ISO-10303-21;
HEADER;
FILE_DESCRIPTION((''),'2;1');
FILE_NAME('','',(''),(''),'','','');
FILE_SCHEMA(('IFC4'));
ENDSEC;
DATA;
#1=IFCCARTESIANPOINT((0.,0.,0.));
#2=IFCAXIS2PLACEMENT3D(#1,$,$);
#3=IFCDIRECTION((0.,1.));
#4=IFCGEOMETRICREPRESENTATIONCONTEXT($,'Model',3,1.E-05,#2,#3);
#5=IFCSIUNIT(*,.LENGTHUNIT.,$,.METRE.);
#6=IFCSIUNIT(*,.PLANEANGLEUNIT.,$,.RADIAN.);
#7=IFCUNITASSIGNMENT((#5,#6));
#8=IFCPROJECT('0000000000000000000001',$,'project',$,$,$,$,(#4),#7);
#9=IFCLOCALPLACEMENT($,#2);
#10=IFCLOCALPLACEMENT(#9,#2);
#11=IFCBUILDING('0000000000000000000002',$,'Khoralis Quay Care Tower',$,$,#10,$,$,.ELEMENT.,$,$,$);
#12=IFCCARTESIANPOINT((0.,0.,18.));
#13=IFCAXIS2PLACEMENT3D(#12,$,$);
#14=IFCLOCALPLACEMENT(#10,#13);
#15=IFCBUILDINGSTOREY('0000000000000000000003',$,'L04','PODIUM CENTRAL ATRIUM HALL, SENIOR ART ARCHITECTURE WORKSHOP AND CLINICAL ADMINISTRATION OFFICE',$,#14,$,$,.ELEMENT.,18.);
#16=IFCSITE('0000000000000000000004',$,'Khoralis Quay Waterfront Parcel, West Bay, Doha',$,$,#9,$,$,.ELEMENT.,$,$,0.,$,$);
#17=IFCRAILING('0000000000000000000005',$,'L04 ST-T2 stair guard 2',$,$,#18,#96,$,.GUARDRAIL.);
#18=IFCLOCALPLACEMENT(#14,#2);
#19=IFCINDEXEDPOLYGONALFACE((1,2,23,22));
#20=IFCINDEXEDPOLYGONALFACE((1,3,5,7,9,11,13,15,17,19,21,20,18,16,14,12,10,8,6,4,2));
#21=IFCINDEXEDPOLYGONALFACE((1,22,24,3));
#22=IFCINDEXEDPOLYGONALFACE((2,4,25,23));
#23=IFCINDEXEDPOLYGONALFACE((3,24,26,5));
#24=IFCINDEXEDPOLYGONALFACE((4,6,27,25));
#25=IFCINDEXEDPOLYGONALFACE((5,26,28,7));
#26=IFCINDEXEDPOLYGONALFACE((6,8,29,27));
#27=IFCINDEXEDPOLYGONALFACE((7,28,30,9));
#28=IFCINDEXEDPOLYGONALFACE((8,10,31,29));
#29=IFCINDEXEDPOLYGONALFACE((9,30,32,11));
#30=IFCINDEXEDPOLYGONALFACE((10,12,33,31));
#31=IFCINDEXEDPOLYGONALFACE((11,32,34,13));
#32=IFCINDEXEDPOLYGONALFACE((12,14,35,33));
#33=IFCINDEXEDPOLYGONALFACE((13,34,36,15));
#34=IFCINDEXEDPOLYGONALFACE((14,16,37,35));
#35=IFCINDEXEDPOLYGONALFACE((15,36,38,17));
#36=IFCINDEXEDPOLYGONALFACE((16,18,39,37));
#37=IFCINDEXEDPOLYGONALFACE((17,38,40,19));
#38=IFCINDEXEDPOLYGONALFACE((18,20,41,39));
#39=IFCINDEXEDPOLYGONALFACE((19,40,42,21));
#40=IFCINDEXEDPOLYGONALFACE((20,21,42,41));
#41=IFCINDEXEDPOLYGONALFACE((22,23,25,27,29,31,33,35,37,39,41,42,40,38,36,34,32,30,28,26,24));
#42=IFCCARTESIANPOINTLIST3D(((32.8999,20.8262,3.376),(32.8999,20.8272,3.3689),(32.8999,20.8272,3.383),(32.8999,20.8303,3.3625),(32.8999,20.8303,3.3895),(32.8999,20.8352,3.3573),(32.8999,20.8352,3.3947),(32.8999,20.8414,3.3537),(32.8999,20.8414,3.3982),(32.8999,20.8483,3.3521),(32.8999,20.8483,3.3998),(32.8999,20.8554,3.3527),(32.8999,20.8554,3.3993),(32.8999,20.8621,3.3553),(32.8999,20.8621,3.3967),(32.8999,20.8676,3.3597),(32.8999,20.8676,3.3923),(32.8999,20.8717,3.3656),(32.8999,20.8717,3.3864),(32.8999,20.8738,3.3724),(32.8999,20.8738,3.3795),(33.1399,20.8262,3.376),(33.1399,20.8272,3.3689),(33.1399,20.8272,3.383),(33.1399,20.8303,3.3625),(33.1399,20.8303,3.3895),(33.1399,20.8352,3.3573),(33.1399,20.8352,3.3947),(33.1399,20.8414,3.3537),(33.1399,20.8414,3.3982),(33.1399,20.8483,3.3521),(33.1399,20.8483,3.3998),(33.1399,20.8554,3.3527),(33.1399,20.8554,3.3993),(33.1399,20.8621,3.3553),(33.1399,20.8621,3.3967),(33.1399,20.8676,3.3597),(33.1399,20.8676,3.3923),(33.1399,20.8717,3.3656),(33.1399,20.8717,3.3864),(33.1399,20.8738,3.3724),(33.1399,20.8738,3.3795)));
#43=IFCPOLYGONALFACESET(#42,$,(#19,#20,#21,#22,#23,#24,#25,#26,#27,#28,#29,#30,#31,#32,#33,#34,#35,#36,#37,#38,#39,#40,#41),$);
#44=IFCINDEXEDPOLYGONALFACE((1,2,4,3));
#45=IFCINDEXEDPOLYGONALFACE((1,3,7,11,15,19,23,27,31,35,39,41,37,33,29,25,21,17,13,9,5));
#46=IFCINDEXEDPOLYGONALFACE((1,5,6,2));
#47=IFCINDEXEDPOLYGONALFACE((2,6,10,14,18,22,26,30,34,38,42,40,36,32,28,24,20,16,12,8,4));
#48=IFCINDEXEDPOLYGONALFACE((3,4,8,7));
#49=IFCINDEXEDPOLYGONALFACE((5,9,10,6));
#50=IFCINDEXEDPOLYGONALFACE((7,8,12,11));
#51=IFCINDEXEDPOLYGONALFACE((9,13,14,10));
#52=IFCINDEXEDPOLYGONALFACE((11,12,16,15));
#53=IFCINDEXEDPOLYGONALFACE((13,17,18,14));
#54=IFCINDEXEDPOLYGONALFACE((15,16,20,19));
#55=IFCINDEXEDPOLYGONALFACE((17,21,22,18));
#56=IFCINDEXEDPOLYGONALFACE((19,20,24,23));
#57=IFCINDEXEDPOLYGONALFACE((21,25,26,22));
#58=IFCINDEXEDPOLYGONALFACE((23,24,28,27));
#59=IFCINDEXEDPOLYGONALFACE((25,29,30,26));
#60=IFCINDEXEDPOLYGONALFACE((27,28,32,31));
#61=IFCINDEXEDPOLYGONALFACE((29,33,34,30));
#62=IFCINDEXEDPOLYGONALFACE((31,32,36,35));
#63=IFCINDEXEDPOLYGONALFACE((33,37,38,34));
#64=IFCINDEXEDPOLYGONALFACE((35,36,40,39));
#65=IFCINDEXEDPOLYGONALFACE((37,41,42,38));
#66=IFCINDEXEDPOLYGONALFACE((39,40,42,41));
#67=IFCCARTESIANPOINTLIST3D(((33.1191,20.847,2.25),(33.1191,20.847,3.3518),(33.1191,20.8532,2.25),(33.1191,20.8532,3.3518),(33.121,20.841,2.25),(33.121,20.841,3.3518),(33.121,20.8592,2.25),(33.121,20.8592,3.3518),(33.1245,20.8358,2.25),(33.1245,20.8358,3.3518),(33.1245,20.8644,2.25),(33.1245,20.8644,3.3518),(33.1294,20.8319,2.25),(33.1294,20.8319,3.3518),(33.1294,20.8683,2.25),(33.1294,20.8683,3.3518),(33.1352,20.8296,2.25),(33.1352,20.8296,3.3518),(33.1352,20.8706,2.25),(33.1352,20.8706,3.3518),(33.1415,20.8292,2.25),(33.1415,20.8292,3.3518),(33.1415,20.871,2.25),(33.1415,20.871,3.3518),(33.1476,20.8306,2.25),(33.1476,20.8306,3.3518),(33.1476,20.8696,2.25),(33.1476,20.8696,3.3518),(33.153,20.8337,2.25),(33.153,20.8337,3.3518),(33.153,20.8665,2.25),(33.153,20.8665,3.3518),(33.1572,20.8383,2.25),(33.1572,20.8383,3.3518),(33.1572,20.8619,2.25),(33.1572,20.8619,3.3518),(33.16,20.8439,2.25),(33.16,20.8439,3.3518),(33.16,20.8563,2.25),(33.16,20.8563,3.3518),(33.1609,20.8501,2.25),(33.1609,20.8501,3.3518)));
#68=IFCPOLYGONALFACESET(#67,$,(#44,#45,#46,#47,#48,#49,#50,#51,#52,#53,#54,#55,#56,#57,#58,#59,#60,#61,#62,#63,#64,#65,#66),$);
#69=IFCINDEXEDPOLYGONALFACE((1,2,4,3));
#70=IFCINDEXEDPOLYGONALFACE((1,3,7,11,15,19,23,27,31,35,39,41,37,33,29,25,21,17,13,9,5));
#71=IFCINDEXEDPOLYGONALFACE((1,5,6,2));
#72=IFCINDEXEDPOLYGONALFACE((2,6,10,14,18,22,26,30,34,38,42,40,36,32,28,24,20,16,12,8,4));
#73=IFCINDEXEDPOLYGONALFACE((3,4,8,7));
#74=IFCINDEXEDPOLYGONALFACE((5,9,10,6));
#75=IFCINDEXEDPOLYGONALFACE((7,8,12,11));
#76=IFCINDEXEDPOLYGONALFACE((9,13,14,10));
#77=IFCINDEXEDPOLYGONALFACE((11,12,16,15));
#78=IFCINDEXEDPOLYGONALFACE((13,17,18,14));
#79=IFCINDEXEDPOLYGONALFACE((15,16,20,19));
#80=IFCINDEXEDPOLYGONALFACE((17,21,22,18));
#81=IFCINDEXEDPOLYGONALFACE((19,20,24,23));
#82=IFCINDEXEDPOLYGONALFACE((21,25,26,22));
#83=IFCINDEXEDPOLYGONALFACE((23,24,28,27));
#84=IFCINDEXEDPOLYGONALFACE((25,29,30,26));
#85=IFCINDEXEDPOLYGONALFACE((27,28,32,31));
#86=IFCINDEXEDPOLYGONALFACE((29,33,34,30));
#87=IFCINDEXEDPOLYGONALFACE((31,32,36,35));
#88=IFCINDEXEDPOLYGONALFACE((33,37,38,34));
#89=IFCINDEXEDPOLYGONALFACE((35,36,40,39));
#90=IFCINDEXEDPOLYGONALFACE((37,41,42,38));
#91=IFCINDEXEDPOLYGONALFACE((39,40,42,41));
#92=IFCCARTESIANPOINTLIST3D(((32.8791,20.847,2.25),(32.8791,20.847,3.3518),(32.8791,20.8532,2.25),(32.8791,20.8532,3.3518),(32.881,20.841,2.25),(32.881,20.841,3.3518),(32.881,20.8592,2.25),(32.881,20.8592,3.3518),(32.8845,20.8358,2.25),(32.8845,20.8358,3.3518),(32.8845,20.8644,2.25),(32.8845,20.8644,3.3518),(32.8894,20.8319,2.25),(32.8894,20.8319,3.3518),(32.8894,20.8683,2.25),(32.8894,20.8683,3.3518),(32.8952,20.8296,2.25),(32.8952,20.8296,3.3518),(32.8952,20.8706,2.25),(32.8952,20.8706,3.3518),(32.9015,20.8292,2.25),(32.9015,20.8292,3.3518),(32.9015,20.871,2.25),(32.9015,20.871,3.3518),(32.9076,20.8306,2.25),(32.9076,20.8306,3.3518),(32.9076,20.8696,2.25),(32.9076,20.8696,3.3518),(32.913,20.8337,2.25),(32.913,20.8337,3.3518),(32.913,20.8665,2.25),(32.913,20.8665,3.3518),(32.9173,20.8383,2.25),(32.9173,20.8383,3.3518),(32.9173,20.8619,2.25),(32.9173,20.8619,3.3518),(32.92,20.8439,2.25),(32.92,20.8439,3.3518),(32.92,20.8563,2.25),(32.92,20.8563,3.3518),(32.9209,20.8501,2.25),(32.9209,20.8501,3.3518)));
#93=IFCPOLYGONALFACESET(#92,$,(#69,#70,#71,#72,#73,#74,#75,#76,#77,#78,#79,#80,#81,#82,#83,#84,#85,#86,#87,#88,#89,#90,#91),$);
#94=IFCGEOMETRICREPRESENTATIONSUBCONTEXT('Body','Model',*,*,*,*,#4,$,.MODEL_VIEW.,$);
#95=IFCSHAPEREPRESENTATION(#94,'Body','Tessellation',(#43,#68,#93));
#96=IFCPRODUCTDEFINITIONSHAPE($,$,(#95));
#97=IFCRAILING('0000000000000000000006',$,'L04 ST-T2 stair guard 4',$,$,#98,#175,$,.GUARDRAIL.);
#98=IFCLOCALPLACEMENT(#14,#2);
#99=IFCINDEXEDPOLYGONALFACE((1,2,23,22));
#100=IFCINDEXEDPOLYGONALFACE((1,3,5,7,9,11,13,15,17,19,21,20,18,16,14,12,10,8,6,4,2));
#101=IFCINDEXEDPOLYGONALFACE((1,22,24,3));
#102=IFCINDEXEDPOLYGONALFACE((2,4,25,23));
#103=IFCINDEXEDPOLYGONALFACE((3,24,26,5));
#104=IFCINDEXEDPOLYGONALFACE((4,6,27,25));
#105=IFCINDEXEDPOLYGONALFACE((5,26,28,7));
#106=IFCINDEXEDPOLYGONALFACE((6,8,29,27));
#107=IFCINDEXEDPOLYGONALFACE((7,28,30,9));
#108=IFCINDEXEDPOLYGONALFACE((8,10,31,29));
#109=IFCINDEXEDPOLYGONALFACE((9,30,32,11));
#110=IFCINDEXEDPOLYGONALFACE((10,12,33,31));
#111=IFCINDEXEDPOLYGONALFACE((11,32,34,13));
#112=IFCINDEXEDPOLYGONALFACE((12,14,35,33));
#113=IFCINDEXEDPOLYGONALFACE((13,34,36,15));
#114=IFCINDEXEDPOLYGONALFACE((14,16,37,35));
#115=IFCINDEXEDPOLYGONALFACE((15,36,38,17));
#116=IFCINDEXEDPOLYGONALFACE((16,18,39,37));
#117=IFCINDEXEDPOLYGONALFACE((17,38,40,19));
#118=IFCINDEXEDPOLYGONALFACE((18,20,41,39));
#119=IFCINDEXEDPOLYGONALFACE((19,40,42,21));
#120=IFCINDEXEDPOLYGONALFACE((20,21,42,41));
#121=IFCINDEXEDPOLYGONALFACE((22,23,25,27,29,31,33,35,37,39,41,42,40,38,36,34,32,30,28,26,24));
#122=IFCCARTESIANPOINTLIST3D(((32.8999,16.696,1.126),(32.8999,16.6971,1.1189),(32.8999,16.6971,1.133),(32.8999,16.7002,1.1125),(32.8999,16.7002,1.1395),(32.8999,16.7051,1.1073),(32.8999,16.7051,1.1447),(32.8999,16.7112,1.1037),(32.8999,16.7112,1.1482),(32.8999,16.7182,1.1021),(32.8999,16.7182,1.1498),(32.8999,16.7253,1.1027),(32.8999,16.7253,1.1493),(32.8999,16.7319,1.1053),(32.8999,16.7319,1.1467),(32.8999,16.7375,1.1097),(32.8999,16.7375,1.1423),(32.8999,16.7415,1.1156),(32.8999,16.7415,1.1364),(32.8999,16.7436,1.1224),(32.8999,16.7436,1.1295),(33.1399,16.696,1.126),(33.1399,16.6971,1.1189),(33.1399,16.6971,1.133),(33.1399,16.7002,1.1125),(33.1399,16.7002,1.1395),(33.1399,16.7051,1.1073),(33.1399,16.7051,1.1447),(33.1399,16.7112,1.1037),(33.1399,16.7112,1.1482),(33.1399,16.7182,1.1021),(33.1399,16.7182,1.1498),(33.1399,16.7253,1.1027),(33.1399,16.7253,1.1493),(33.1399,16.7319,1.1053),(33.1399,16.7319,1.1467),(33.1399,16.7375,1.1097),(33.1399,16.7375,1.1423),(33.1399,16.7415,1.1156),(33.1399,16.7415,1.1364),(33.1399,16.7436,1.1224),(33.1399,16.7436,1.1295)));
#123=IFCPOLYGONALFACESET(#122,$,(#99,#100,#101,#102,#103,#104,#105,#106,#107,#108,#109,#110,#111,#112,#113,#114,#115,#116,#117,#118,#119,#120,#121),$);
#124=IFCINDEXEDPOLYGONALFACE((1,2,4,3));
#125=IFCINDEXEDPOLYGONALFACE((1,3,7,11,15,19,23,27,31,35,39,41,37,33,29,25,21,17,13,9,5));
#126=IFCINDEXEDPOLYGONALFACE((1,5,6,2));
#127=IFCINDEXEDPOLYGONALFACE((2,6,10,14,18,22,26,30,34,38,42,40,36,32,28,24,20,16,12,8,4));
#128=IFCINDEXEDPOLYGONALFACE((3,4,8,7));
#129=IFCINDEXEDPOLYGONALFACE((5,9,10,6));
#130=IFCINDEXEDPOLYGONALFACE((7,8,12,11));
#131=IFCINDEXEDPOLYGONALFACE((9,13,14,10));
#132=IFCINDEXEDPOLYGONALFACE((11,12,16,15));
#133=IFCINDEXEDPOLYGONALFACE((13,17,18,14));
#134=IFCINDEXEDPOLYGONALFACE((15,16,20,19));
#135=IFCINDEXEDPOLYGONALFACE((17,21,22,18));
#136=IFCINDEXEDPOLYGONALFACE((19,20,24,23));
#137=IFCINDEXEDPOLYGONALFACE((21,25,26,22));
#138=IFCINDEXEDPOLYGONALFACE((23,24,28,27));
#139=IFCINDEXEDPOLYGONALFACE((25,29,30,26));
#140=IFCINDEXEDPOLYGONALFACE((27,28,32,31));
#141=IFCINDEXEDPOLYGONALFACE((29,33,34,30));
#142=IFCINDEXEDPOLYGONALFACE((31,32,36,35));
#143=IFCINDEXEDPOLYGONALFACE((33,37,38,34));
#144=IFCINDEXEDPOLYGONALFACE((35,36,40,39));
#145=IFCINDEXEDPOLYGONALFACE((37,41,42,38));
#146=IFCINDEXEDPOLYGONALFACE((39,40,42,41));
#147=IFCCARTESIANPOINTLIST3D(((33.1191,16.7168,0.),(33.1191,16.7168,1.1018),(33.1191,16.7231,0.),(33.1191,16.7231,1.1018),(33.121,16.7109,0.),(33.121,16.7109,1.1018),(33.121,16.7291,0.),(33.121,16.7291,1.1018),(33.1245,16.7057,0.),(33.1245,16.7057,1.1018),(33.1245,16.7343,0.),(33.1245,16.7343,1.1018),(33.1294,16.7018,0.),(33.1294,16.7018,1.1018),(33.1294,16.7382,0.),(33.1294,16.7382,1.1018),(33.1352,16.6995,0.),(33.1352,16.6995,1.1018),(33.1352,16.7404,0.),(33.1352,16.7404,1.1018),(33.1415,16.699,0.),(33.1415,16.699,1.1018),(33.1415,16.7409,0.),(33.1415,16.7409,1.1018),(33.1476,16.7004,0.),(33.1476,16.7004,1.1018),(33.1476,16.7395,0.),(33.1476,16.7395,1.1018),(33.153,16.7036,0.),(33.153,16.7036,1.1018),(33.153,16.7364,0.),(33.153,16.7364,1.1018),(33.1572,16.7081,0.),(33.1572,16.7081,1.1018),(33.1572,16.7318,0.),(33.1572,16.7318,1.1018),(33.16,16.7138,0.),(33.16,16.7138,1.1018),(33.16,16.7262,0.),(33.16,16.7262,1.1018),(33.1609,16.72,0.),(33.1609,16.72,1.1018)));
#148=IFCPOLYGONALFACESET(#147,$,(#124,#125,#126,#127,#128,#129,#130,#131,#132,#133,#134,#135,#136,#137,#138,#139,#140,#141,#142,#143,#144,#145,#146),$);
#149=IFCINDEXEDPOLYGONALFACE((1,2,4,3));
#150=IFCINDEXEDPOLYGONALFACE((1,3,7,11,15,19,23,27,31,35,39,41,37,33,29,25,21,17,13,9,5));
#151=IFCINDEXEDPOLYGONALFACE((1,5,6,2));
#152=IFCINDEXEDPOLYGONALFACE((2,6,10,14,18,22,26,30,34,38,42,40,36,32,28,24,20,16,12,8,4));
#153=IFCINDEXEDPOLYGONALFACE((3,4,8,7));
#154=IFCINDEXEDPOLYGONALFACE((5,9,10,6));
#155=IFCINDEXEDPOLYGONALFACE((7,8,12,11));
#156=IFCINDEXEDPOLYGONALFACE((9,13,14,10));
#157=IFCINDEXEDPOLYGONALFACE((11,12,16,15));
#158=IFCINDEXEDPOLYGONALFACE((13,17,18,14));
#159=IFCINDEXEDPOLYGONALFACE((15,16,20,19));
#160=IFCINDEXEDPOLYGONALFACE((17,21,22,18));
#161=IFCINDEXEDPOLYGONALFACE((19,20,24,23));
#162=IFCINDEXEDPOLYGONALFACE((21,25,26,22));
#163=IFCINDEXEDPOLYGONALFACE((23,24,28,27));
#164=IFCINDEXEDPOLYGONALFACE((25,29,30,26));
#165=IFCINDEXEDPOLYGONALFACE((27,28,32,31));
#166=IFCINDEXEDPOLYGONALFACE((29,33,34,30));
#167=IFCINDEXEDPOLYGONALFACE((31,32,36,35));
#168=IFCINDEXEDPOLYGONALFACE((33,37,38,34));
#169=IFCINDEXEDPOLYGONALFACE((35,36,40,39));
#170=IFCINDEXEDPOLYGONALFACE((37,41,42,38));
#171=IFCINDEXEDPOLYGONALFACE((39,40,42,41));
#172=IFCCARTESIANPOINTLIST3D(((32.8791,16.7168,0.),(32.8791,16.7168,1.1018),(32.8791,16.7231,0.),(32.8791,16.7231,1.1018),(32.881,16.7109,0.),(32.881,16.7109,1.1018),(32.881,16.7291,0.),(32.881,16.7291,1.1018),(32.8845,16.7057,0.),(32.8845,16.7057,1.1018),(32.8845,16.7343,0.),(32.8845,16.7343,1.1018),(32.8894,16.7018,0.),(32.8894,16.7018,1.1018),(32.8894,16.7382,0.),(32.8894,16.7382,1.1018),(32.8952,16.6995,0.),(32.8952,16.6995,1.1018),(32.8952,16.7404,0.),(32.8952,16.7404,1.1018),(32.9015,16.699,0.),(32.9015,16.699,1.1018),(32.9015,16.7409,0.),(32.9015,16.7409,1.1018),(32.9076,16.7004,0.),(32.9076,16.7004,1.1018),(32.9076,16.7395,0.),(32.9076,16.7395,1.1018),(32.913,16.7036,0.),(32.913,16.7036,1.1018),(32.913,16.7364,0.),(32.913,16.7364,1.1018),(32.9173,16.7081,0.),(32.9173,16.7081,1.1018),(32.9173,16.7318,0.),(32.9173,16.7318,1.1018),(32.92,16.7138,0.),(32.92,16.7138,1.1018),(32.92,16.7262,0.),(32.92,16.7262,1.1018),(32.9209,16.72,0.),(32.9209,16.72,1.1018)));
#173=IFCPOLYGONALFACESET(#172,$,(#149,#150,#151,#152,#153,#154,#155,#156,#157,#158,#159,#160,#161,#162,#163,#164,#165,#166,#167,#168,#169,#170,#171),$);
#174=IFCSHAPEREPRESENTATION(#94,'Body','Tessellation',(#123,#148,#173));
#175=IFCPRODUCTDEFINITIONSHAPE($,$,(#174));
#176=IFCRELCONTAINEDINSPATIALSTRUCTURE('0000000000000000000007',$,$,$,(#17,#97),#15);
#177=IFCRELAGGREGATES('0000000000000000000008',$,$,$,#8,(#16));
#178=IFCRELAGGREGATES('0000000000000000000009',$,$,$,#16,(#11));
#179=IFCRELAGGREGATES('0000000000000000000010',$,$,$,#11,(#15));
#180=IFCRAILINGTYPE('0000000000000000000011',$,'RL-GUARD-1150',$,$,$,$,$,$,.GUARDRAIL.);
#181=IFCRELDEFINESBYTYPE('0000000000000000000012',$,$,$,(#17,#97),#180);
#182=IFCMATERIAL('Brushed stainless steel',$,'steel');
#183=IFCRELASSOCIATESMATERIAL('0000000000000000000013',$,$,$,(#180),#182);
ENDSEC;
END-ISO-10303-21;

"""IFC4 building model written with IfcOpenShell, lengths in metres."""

from ifc_helpers import new_model, si_unit, direction, frame, origin, origin_2d, place, context, subcontext, project, spatial, circle, extrude, material, type_object, element, save


model = new_model("IFC4")

# Units and contexts
model_context = context("Model", 3, precision=1e-05, world=origin(), true_north=direction((0.0, 1.0)))
body_context = subcontext(model_context, "Body", "Model", "MODEL_VIEW")
ifc_project = project(units=[si_unit("LENGTHUNIT", "METRE"), si_unit("PLANEANGLEUNIT", "RADIAN")], contexts=[model_context])

# Site, building, storey
site_placement = place(None, origin())
site = spatial("IfcSite", under=ifc_project, at=site_placement, Name="Khoralis Quay Waterfront Parcel, West Bay, Doha", CompositionType="ELEMENT", RefElevation=0.0)
building_placement = place(site_placement, origin())
building = spatial("IfcBuilding", under=site, at=building_placement, Name="Khoralis Quay Care Tower", CompositionType="ELEMENT")
storey_placement = place(building_placement, frame((0.0, 0.0, 18.0)))
storey = spatial("IfcBuildingStorey", under=building, at=storey_placement, Name="L04", Description="PODIUM CENTRAL ATRIUM HALL, SENIOR ART ARCHITECTURE WORKSHOP AND CLINICAL ADMINISTRATION OFFICE", CompositionType="ELEMENT", Elevation=18.0)

# Railings
ifc_material_1 = material(Name="Brushed stainless steel", Category="steel")
railing_type_1 = type_object("IfcRailingType", Name="RL-GUARD-1150", PredefinedType="GUARDRAIL", material=ifc_material_1)
for number, where, name in (
    (1, (33.1399, 20.8501, 2.25), "L04 ST-T2 stair guard 2"),
    (2, (33.1399, 16.72, 0.0), "L04 ST-T2 stair guard 4"),
):
    element("IfcRailing", number, at=place(storey_placement, frame(where)), inside=storey, type_object=railing_type_1, Name=name, PredefinedType="GUARDRAIL", context=body_context, shape_type="SweptSolid", body=[
        extrude(circle(Radius=0.0239, at=origin_2d()), frame((0.0, 0.0, 1.126), z_axis=(-1.0, 0.0, 0.0), x_axis=(0.0, -1.0, 0.0)), (0.0, 0.0, 1.0), 0.24),
        extrude(circle(Radius=0.021, at=origin_2d()), origin(), (0.0, 0.0, 1.0), 1.1018),
        extrude(circle(Radius=0.021, at=origin_2d()), frame((-0.24, 0.0, 0.0)), (0.0, 0.0, 1.0), 1.1018),
    ])

save(model, "model.ifc")
